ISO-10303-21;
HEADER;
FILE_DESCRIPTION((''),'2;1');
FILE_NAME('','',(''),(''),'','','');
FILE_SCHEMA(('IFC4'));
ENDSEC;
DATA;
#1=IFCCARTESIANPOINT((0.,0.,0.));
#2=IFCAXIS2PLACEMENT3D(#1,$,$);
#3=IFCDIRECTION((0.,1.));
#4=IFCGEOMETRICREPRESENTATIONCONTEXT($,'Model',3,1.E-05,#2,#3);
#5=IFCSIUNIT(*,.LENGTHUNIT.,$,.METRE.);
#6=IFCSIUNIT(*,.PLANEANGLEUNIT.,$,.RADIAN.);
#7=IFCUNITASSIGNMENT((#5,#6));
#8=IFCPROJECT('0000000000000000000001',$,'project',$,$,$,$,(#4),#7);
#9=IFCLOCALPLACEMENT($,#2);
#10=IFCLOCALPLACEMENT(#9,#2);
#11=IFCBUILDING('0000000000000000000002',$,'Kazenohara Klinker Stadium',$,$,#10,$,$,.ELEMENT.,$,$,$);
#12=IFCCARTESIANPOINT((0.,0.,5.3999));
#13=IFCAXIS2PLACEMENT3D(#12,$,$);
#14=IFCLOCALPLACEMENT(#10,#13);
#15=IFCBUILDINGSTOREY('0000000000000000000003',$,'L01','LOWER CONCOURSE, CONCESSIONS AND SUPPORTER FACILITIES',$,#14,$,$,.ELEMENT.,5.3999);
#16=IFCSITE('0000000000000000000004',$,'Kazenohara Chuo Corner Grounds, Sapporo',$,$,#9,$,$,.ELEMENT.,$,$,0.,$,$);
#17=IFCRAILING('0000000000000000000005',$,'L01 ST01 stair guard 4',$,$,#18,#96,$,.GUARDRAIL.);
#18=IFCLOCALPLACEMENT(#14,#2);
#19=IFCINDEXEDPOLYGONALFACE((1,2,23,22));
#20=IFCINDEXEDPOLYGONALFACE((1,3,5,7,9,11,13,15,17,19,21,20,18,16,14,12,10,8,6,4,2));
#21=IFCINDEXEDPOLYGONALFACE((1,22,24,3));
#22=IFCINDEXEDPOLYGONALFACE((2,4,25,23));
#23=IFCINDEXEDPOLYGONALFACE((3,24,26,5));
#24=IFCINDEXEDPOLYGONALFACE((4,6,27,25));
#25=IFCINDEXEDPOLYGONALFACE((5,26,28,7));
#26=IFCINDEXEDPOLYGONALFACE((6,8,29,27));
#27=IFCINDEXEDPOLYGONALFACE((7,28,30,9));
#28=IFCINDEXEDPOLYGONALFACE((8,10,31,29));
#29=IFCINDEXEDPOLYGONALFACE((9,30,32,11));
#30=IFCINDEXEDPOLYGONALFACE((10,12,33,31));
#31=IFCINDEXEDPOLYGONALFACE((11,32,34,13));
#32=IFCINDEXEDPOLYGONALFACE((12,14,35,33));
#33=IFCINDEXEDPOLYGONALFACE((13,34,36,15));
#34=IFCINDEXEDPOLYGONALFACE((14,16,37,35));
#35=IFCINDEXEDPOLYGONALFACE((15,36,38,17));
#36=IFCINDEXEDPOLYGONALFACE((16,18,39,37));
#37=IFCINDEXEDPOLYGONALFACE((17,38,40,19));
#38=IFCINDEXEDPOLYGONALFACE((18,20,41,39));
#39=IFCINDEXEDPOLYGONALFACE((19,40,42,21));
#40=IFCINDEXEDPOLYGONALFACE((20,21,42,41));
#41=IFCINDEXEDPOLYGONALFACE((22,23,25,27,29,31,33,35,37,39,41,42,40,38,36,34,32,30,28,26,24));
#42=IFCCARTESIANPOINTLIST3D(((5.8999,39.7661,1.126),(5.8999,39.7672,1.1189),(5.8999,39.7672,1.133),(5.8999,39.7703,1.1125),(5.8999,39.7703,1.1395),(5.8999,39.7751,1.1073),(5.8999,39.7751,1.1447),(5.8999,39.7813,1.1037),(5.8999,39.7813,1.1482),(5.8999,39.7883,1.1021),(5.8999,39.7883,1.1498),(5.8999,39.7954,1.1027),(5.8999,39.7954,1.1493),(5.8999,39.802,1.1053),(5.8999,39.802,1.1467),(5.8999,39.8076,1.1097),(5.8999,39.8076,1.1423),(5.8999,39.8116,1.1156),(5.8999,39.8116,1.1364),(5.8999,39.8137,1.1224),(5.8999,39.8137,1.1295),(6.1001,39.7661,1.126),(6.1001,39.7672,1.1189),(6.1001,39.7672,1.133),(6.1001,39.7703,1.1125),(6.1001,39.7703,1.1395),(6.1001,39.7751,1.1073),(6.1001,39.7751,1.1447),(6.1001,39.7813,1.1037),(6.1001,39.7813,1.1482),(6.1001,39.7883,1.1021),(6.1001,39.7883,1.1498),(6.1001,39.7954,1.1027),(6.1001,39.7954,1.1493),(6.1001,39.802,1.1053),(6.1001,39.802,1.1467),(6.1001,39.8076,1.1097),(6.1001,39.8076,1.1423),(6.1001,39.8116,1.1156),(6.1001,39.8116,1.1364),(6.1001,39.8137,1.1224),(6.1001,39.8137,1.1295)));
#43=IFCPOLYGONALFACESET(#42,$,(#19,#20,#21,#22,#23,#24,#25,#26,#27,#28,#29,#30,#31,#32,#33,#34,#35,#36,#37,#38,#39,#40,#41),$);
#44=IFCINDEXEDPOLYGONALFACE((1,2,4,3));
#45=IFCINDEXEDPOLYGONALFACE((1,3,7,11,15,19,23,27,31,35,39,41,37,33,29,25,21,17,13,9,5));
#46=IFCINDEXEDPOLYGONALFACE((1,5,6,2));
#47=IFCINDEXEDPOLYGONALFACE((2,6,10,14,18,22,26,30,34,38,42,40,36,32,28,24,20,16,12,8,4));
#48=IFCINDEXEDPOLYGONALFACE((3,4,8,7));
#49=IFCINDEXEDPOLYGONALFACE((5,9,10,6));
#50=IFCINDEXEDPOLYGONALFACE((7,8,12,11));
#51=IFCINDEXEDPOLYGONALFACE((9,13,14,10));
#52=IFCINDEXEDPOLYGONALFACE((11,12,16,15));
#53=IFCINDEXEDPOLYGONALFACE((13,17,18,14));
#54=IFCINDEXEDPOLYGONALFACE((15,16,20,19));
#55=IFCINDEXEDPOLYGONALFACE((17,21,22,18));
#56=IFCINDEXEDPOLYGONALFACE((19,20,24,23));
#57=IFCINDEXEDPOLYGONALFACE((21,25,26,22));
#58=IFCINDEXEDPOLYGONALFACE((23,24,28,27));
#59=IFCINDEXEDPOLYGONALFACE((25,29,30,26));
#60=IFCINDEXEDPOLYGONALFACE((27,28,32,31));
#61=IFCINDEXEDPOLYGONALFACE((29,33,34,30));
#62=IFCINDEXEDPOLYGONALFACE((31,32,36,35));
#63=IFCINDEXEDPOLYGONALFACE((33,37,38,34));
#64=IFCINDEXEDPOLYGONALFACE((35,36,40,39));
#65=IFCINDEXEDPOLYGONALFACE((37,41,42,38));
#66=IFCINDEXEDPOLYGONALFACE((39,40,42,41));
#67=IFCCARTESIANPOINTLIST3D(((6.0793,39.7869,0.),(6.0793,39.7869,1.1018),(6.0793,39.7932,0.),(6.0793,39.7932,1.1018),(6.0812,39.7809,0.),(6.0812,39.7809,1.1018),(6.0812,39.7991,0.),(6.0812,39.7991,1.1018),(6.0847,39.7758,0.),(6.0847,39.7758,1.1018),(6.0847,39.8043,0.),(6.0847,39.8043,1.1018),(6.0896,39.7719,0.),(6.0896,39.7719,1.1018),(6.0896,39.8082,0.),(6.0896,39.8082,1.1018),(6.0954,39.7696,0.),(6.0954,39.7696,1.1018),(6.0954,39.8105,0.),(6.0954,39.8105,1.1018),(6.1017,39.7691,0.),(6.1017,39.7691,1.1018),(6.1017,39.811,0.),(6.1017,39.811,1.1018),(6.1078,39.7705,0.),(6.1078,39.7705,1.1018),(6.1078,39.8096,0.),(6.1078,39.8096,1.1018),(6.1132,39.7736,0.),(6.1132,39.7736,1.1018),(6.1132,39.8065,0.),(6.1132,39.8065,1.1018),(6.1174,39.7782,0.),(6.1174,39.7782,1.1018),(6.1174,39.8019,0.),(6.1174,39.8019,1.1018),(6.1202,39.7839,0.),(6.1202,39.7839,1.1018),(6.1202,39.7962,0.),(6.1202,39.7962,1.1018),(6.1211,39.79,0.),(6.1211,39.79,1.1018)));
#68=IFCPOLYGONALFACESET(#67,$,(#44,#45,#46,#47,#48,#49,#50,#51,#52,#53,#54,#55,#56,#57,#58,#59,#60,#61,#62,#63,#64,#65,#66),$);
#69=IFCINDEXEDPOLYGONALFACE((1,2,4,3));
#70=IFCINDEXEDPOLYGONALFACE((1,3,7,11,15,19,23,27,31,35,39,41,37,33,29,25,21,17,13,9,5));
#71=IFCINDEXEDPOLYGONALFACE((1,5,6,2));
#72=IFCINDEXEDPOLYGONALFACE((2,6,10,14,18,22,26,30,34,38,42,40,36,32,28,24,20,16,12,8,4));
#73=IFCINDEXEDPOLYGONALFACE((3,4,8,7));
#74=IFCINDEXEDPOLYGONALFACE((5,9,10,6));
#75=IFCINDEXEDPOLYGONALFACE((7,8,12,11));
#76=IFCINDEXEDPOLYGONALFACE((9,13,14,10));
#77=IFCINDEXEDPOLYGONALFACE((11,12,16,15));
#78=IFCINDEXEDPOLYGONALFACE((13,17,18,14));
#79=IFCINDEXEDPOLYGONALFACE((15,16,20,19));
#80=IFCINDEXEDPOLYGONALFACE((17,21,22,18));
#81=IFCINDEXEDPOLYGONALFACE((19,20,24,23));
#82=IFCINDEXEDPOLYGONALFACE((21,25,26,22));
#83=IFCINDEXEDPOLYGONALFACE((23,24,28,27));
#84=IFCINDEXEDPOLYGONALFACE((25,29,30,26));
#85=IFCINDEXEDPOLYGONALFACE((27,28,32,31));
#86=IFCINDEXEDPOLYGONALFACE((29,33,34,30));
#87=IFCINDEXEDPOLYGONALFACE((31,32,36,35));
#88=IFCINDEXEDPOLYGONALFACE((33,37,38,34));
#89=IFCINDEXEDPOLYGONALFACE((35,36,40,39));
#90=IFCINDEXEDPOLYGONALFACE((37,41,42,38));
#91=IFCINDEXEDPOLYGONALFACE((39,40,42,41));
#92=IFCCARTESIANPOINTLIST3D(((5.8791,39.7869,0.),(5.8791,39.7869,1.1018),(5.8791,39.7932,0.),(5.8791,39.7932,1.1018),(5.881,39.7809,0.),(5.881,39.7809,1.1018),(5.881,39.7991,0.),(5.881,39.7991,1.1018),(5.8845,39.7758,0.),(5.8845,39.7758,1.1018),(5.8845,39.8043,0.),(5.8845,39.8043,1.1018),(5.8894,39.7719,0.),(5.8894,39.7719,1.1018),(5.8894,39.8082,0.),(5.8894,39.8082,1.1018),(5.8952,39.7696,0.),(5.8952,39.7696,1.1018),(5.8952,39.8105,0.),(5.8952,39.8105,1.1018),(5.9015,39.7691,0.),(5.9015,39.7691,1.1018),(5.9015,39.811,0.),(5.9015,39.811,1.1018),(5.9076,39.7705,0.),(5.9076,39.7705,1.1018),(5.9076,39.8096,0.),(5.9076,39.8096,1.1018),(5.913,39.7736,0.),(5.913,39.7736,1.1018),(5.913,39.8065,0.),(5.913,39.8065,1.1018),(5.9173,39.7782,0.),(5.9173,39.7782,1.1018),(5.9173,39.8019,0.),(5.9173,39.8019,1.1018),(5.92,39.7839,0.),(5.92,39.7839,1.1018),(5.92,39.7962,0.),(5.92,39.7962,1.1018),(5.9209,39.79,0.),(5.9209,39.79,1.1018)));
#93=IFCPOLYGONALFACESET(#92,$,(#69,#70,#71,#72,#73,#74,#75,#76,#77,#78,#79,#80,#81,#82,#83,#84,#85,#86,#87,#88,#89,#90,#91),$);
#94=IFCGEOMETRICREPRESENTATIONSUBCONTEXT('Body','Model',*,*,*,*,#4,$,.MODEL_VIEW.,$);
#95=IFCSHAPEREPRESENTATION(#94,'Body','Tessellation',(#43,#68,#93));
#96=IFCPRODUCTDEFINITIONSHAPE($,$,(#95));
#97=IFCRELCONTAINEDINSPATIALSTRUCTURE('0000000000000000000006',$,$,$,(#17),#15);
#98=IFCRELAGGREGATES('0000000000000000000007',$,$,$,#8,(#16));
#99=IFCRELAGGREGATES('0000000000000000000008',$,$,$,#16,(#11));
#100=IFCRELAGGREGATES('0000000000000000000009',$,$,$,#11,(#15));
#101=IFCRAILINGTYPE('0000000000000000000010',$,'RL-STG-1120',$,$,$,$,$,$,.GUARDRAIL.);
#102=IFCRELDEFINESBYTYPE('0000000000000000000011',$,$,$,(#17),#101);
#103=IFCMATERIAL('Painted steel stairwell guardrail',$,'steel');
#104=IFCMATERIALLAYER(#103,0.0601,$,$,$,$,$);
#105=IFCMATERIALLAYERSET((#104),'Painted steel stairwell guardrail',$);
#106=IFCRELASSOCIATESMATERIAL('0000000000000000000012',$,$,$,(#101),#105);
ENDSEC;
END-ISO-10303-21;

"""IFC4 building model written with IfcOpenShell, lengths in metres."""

from ifc_helpers import new_model, si_unit, direction, frame, origin, origin_2d, place, context, subcontext, project, spatial, circle, extrude, material, layer, layer_set, type_object, element, save


model = new_model("IFC4")

# Units and contexts
model_context = context("Model", 3, precision=1e-05, world=origin(), true_north=direction((0.0, 1.0)))
body_context = subcontext(model_context, "Body", "Model", "MODEL_VIEW")
ifc_project = project(units=[si_unit("LENGTHUNIT", "METRE"), si_unit("PLANEANGLEUNIT", "RADIAN")], contexts=[model_context])

# Site, building, storey
site_placement = place(None, origin())
site = spatial("IfcSite", under=ifc_project, at=site_placement, Name="Kazenohara Chuo Corner Grounds, Sapporo", CompositionType="ELEMENT", RefElevation=0.0)
building_placement = place(site_placement, origin())
building = spatial("IfcBuilding", under=site, at=building_placement, Name="Kazenohara Klinker Stadium", CompositionType="ELEMENT")
storey_placement = place(building_placement, frame((0.0, 0.0, 5.3999)))
storey = spatial("IfcBuildingStorey", under=building, at=storey_placement, Name="L01", Description="LOWER CONCOURSE, CONCESSIONS AND SUPPORTER FACILITIES", CompositionType="ELEMENT", Elevation=5.3999)

# Railing
ifc_material_1 = material(Name="Painted steel stairwell guardrail", Category="steel")
ifc_layer_1 = layer(ifc_material_1, 0.0601)
ifc_layer_set_1 = layer_set([ifc_layer_1], Name="Painted steel stairwell guardrail")
railing_type_1 = type_object("IfcRailingType", Name="RL-STG-1120", PredefinedType="GUARDRAIL", material=ifc_layer_set_1)
railing_1_placement = place(storey_placement, frame((6.1001, 39.79, 0.0)))
element("IfcRailing", 1, at=railing_1_placement, inside=storey, type_object=railing_type_1, Name="L01 ST01 stair guard 4", PredefinedType="GUARDRAIL", context=body_context, shape_type="SweptSolid", body=[
    extrude(circle(Radius=0.0239, at=origin_2d()), frame((0.0, 0.0, 1.126), z_axis=(-1.0, 0.0, 0.0), x_axis=(0.0, -1.0, 0.0)), (0.0, 0.0, 1.0), 0.2002),
    extrude(circle(Radius=0.021, at=origin_2d()), origin(), (0.0, 0.0, 1.0), 1.1018),
    extrude(circle(Radius=0.021, at=origin_2d()), frame((-0.2002, 0.0, 0.0)), (0.0, 0.0, 1.0), 1.1018),
])

save(model, "model.ifc")
